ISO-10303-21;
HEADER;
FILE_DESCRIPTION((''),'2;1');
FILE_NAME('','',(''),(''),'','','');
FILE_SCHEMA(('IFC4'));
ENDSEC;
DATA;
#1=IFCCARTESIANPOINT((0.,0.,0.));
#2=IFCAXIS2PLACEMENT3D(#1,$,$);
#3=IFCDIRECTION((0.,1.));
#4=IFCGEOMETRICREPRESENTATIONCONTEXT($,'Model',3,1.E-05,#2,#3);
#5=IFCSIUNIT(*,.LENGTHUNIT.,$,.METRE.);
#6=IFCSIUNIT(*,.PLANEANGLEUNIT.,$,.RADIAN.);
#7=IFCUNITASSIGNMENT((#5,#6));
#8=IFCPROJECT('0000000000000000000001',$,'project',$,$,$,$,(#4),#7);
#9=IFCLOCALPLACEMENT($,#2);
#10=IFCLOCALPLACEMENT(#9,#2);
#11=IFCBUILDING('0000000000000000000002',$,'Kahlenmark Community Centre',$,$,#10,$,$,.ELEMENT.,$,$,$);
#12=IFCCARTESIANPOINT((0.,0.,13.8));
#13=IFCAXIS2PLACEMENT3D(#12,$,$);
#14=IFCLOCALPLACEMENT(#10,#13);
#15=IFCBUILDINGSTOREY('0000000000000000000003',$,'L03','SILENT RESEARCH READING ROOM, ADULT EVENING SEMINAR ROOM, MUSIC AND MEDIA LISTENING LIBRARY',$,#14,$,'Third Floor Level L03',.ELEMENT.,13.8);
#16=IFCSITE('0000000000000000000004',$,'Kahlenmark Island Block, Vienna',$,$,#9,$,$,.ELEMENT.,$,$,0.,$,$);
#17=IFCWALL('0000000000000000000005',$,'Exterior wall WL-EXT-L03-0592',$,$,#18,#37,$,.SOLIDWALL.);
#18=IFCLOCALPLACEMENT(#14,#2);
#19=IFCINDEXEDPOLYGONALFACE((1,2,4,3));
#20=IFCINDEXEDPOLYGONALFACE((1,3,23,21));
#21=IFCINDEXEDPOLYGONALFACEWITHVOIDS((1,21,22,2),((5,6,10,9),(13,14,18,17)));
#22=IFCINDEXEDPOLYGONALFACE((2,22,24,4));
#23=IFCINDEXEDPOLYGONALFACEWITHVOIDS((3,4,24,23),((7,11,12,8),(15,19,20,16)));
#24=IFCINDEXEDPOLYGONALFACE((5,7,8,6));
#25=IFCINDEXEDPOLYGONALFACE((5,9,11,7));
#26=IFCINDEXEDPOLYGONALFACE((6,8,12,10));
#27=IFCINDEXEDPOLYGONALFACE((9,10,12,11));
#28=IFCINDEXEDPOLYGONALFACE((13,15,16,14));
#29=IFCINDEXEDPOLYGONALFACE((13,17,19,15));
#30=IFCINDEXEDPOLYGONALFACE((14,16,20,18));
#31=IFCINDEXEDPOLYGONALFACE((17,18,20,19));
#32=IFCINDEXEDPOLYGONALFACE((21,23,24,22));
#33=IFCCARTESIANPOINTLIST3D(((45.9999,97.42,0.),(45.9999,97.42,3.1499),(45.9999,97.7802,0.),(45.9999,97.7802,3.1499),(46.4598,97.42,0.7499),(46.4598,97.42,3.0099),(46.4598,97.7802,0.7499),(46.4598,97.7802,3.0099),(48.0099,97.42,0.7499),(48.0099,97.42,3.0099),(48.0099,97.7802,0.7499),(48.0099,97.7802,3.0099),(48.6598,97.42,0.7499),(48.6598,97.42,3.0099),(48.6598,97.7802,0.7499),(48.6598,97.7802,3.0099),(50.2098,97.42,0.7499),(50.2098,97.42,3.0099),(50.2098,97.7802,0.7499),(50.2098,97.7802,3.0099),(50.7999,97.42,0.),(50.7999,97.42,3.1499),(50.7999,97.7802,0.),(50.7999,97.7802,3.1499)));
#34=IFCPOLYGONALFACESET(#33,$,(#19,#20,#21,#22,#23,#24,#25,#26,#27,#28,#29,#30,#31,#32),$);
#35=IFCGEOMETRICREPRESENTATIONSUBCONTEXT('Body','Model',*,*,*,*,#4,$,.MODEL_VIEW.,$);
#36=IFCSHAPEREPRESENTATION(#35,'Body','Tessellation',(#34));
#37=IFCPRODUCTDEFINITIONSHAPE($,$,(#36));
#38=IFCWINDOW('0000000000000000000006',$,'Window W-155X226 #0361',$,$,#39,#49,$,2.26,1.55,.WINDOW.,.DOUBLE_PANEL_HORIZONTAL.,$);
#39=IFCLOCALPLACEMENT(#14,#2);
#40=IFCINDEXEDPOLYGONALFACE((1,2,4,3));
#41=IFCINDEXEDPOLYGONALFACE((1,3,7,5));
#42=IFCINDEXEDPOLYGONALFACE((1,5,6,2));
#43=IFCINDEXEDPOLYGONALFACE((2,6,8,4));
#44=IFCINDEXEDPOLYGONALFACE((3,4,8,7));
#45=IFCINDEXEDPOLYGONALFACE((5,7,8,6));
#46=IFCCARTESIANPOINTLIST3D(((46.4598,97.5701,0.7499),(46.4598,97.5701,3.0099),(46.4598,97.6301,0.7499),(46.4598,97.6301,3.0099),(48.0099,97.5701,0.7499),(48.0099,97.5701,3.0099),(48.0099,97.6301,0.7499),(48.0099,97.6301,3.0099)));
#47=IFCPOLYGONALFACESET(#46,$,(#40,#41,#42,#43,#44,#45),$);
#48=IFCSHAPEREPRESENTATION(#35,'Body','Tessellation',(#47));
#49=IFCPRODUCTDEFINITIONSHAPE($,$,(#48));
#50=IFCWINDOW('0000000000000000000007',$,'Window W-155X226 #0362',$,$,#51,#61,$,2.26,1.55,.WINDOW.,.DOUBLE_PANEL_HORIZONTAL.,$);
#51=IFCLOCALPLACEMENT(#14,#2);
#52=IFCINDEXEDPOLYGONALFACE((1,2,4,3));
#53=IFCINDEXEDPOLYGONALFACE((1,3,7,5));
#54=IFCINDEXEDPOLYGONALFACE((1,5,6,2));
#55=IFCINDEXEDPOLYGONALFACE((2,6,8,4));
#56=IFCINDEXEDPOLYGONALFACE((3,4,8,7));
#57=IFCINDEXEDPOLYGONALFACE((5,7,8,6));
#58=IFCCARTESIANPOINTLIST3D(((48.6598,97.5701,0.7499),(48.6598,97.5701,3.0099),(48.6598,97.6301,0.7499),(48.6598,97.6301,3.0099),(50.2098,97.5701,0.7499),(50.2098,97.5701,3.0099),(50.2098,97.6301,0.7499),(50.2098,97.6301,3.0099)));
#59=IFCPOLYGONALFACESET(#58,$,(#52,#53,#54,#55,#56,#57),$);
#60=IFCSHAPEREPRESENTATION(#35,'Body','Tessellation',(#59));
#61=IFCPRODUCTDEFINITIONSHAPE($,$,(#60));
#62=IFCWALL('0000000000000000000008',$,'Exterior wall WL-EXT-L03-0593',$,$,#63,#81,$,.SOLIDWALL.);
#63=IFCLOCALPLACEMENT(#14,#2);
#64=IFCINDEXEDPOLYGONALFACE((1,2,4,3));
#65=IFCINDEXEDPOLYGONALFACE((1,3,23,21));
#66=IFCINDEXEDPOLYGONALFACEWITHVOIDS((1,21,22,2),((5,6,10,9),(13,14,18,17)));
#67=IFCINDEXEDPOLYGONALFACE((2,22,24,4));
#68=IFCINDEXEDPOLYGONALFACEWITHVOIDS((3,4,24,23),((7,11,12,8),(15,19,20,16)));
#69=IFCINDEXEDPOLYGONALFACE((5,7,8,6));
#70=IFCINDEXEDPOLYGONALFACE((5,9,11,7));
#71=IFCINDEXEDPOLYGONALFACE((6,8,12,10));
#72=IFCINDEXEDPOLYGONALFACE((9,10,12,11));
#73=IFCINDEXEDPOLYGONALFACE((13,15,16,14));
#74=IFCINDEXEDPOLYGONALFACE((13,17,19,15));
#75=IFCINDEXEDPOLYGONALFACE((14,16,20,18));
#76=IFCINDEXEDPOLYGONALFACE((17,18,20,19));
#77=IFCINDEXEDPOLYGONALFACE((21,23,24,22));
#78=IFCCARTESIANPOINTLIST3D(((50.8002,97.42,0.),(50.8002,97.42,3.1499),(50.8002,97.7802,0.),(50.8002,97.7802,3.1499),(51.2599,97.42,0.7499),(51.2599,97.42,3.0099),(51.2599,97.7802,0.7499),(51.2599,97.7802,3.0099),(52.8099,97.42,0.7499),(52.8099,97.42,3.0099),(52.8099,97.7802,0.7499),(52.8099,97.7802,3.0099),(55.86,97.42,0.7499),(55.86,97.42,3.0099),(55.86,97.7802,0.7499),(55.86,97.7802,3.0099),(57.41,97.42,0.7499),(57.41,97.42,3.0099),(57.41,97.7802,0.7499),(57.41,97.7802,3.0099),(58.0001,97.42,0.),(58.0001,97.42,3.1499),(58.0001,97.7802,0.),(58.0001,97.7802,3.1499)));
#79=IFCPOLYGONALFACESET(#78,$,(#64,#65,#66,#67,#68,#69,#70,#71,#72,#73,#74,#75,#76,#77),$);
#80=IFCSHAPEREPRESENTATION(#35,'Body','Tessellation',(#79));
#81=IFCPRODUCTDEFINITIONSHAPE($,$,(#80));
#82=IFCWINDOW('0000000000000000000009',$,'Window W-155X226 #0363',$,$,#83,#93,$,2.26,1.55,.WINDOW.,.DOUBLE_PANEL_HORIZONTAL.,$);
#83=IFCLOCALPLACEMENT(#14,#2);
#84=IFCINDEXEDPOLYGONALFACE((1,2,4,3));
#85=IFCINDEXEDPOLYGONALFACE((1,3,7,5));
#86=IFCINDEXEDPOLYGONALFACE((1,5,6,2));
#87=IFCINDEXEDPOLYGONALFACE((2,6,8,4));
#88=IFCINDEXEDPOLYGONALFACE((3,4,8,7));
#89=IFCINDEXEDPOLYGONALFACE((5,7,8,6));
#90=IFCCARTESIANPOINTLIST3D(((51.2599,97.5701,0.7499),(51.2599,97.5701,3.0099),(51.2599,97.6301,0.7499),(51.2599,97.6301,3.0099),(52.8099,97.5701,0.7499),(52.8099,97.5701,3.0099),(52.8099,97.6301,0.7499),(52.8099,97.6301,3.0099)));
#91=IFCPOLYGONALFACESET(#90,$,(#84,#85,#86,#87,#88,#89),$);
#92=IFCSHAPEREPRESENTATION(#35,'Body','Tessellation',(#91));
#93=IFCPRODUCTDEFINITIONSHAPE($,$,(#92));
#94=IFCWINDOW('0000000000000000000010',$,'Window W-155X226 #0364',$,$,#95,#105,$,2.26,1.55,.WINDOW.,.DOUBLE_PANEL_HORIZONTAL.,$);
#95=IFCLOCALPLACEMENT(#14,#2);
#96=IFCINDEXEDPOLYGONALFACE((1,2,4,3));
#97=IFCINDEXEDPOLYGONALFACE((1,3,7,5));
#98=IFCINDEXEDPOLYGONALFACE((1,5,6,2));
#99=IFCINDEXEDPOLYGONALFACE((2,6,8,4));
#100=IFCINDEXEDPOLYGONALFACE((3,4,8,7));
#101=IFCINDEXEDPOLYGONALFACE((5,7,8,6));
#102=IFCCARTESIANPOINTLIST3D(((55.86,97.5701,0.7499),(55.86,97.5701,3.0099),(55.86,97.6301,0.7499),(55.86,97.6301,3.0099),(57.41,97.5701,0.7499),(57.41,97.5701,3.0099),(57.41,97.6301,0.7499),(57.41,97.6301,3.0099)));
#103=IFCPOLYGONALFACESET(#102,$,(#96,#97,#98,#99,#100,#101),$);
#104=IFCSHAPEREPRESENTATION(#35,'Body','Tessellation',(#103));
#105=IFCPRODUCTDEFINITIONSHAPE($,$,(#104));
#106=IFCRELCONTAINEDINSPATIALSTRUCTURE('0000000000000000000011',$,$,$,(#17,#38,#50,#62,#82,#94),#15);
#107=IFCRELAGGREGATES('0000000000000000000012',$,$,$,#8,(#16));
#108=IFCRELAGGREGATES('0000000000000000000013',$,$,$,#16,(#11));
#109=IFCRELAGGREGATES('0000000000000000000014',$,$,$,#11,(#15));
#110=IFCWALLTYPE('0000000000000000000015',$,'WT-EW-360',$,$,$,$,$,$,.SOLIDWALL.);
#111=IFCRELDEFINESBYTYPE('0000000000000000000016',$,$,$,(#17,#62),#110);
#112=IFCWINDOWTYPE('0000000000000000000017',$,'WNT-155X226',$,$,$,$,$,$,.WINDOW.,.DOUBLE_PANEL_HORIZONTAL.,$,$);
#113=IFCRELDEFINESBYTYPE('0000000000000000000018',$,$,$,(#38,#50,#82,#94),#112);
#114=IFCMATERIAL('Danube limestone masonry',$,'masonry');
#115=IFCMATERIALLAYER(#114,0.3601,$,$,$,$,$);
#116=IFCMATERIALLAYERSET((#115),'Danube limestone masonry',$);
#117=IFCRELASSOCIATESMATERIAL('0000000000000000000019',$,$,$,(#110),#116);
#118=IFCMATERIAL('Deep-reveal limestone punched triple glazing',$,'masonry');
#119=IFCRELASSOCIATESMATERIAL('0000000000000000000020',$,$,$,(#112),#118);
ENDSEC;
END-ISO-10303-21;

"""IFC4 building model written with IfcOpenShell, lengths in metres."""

from ifc_helpers import new_model, si_unit, direction, frame, frame_2d, origin, place, context, subcontext, project, spatial, rectangle, extrude, material, layer, layer_set, type_object, element, fill, save


model = new_model("IFC4")

# Units and contexts
model_context = context("Model", 3, precision=1e-05, world=origin(), true_north=direction((0.0, 1.0)))
body_context = subcontext(model_context, "Body", "Model", "MODEL_VIEW")
ifc_project = project(units=[si_unit("LENGTHUNIT", "METRE"), si_unit("PLANEANGLEUNIT", "RADIAN")], contexts=[model_context])

# Site, building, storey
site_placement = place(None, origin())
site = spatial("IfcSite", under=ifc_project, at=site_placement, Name="Kahlenmark Island Block, Vienna", CompositionType="ELEMENT", RefElevation=0.0)
building_placement = place(site_placement, origin())
building = spatial("IfcBuilding", under=site, at=building_placement, Name="Kahlenmark Community Centre", CompositionType="ELEMENT")
storey_placement = place(building_placement, frame((0.0, 0.0, 13.8)))
storey = spatial("IfcBuildingStorey", under=building, at=storey_placement, Name="L03", Description="SILENT RESEARCH READING ROOM, ADULT EVENING SEMINAR ROOM, MUSIC AND MEDIA LISTENING LIBRARY", LongName="Third Floor Level L03", CompositionType="ELEMENT", Elevation=13.8)

# Walls, openings, windows
ifc_material_1 = material(Name="Danube limestone masonry", Category="masonry")
ifc_layer_1 = layer(ifc_material_1, 0.3601)
ifc_layer_set_1 = layer_set([ifc_layer_1], Name="Danube limestone masonry")
wall_type_1 = type_object("IfcWallType", Name="WT-EW-360", PredefinedType="SOLIDWALL", material=ifc_layer_set_1)
wall_1_placement = place(storey_placement, frame((46.0, 97.6001, 0.0), z_axis=(0.0, 0.0, 1.0), x_axis=(1.0, 0.0, 0.0)))
wall_1 = element("IfcWall", 1, at=wall_1_placement, inside=storey, type_object=wall_type_1, Name="Exterior wall WL-EXT-L03-0592", PredefinedType="SOLIDWALL", context=body_context, shape_type="SweptSolid", body=[
    extrude(rectangle(XDim=4.8, YDim=0.3601, at=frame_2d((2.3999, 0.0))), origin(), (0.0, 0.0, 1.0), 3.1499),
])
opening_1_placement = place(wall_1_placement, frame((0.46, 0.0, 0.75)))
opening_1 = element("IfcOpeningElement", 2, at=opening_1_placement, cuts=wall_1, PredefinedType="OPENING", context=body_context, shape_type="SweptSolid", body=[
    extrude(rectangle(XDim=1.55, YDim=2.26, at=frame_2d((0.7749, 1.1299))), frame((0.0, 0.1899, 0.0), z_axis=(0.0, -1.0, 0.0), x_axis=(1.0, 0.0, 0.0)), (0.0, 0.0, 1.0), 0.3801),
])
opening_2_placement = place(wall_1_placement, frame((2.6599, 0.0, 0.75)))
opening_2 = element("IfcOpeningElement", 3, at=opening_2_placement, cuts=wall_1, PredefinedType="OPENING", context=body_context, shape_type="SweptSolid", body=[
    extrude(rectangle(XDim=1.55, YDim=2.26, at=frame_2d((0.7749, 1.1299))), frame((0.0, 0.1899, 0.0), z_axis=(0.0, -1.0, 0.0), x_axis=(1.0, 0.0, 0.0)), (0.0, 0.0, 1.0), 0.3801),
])
ifc_material_2 = material(Name="Deep-reveal limestone punched triple glazing", Category="masonry")
window_type = type_object("IfcWindowType", Name="WNT-155X226", PartitioningType="DOUBLE_PANEL_HORIZONTAL", PredefinedType="WINDOW", material=ifc_material_2)
window_1_placement = place(opening_1_placement, origin())
window_1 = element("IfcWindow", 4, at=window_1_placement, inside=storey, type_object=window_type, Name="Window W-155X226 #0361", OverallHeight=2.26, OverallWidth=1.55, PartitioningType="DOUBLE_PANEL_HORIZONTAL", PredefinedType="WINDOW", context=body_context, shape_type="SweptSolid", body=[
    extrude(rectangle(XDim=1.55, YDim=2.26, at=frame_2d((0.7749, 1.1299))), frame((0.0, 0.03, 0.0), z_axis=(0.0, -1.0, 0.0), x_axis=(1.0, 0.0, 0.0)), (0.0, 0.0, 1.0), 0.0601),
])
fill(opening_1, window_1)
window_2_placement = place(opening_2_placement, origin())
window_2 = element("IfcWindow", 5, at=window_2_placement, inside=storey, type_object=window_type, Name="Window W-155X226 #0362", OverallHeight=2.26, OverallWidth=1.55, PartitioningType="DOUBLE_PANEL_HORIZONTAL", PredefinedType="WINDOW", context=body_context, shape_type="SweptSolid", body=[
    extrude(rectangle(XDim=1.55, YDim=2.26, at=frame_2d((0.7749, 1.1299))), frame((0.0, 0.03, 0.0), z_axis=(0.0, -1.0, 0.0), x_axis=(1.0, 0.0, 0.0)), (0.0, 0.0, 1.0), 0.0601),
])
fill(opening_2, window_2)
wall_2_placement = place(storey_placement, frame((50.8, 97.6001, 0.0), z_axis=(0.0, 0.0, 1.0), x_axis=(1.0, 0.0, 0.0)))
wall_2 = element("IfcWall", 6, at=wall_2_placement, inside=storey, type_object=wall_type_1, Name="Exterior wall WL-EXT-L03-0593", PredefinedType="SOLIDWALL", context=body_context, shape_type="SweptSolid", body=[
    extrude(rectangle(XDim=7.2, YDim=0.3601, at=frame_2d((3.6001, 0.0))), origin(), (0.0, 0.0, 1.0), 3.1499),
])
opening_3_placement = place(wall_2_placement, frame((0.46, 0.0, 0.75)))
opening_3 = element("IfcOpeningElement", 7, at=opening_3_placement, cuts=wall_2, PredefinedType="OPENING", context=body_context, shape_type="SweptSolid", body=[
    extrude(rectangle(XDim=1.55, YDim=2.26, at=frame_2d((0.7749, 1.1299))), frame((0.0, 0.1899, 0.0), z_axis=(0.0, -1.0, 0.0), x_axis=(1.0, 0.0, 0.0)), (0.0, 0.0, 1.0), 0.3801),
])
opening_4_placement = place(wall_2_placement, frame((5.0601, 0.0, 0.75)))
opening_4 = element("IfcOpeningElement", 8, at=opening_4_placement, cuts=wall_2, PredefinedType="OPENING", context=body_context, shape_type="SweptSolid", body=[
    extrude(rectangle(XDim=1.55, YDim=2.26, at=frame_2d((0.7749, 1.1299))), frame((0.0, 0.1899, 0.0), z_axis=(0.0, -1.0, 0.0), x_axis=(1.0, 0.0, 0.0)), (0.0, 0.0, 1.0), 0.3801),
])
window_3_placement = place(opening_3_placement, origin())
window_3 = element("IfcWindow", 9, at=window_3_placement, inside=storey, type_object=window_type, Name="Window W-155X226 #0363", OverallHeight=2.26, OverallWidth=1.55, PartitioningType="DOUBLE_PANEL_HORIZONTAL", PredefinedType="WINDOW", context=body_context, shape_type="SweptSolid", body=[
    extrude(rectangle(XDim=1.55, YDim=2.26, at=frame_2d((0.7749, 1.1299))), frame((0.0, 0.03, 0.0), z_axis=(0.0, -1.0, 0.0), x_axis=(1.0, 0.0, 0.0)), (0.0, 0.0, 1.0), 0.0601),
])
fill(opening_3, window_3)
window_4_placement = place(opening_4_placement, origin())
window_4 = element("IfcWindow", 10, at=window_4_placement, inside=storey, type_object=window_type, Name="Window W-155X226 #0364", OverallHeight=2.26, OverallWidth=1.55, PartitioningType="DOUBLE_PANEL_HORIZONTAL", PredefinedType="WINDOW", context=body_context, shape_type="SweptSolid", body=[
    extrude(rectangle(XDim=1.55, YDim=2.26, at=frame_2d((0.7749, 1.1299))), frame((0.0, 0.03, 0.0), z_axis=(0.0, -1.0, 0.0), x_axis=(1.0, 0.0, 0.0)), (0.0, 0.0, 1.0), 0.0601),
])
fill(opening_4, window_4)

save(model, "model.ifc")
